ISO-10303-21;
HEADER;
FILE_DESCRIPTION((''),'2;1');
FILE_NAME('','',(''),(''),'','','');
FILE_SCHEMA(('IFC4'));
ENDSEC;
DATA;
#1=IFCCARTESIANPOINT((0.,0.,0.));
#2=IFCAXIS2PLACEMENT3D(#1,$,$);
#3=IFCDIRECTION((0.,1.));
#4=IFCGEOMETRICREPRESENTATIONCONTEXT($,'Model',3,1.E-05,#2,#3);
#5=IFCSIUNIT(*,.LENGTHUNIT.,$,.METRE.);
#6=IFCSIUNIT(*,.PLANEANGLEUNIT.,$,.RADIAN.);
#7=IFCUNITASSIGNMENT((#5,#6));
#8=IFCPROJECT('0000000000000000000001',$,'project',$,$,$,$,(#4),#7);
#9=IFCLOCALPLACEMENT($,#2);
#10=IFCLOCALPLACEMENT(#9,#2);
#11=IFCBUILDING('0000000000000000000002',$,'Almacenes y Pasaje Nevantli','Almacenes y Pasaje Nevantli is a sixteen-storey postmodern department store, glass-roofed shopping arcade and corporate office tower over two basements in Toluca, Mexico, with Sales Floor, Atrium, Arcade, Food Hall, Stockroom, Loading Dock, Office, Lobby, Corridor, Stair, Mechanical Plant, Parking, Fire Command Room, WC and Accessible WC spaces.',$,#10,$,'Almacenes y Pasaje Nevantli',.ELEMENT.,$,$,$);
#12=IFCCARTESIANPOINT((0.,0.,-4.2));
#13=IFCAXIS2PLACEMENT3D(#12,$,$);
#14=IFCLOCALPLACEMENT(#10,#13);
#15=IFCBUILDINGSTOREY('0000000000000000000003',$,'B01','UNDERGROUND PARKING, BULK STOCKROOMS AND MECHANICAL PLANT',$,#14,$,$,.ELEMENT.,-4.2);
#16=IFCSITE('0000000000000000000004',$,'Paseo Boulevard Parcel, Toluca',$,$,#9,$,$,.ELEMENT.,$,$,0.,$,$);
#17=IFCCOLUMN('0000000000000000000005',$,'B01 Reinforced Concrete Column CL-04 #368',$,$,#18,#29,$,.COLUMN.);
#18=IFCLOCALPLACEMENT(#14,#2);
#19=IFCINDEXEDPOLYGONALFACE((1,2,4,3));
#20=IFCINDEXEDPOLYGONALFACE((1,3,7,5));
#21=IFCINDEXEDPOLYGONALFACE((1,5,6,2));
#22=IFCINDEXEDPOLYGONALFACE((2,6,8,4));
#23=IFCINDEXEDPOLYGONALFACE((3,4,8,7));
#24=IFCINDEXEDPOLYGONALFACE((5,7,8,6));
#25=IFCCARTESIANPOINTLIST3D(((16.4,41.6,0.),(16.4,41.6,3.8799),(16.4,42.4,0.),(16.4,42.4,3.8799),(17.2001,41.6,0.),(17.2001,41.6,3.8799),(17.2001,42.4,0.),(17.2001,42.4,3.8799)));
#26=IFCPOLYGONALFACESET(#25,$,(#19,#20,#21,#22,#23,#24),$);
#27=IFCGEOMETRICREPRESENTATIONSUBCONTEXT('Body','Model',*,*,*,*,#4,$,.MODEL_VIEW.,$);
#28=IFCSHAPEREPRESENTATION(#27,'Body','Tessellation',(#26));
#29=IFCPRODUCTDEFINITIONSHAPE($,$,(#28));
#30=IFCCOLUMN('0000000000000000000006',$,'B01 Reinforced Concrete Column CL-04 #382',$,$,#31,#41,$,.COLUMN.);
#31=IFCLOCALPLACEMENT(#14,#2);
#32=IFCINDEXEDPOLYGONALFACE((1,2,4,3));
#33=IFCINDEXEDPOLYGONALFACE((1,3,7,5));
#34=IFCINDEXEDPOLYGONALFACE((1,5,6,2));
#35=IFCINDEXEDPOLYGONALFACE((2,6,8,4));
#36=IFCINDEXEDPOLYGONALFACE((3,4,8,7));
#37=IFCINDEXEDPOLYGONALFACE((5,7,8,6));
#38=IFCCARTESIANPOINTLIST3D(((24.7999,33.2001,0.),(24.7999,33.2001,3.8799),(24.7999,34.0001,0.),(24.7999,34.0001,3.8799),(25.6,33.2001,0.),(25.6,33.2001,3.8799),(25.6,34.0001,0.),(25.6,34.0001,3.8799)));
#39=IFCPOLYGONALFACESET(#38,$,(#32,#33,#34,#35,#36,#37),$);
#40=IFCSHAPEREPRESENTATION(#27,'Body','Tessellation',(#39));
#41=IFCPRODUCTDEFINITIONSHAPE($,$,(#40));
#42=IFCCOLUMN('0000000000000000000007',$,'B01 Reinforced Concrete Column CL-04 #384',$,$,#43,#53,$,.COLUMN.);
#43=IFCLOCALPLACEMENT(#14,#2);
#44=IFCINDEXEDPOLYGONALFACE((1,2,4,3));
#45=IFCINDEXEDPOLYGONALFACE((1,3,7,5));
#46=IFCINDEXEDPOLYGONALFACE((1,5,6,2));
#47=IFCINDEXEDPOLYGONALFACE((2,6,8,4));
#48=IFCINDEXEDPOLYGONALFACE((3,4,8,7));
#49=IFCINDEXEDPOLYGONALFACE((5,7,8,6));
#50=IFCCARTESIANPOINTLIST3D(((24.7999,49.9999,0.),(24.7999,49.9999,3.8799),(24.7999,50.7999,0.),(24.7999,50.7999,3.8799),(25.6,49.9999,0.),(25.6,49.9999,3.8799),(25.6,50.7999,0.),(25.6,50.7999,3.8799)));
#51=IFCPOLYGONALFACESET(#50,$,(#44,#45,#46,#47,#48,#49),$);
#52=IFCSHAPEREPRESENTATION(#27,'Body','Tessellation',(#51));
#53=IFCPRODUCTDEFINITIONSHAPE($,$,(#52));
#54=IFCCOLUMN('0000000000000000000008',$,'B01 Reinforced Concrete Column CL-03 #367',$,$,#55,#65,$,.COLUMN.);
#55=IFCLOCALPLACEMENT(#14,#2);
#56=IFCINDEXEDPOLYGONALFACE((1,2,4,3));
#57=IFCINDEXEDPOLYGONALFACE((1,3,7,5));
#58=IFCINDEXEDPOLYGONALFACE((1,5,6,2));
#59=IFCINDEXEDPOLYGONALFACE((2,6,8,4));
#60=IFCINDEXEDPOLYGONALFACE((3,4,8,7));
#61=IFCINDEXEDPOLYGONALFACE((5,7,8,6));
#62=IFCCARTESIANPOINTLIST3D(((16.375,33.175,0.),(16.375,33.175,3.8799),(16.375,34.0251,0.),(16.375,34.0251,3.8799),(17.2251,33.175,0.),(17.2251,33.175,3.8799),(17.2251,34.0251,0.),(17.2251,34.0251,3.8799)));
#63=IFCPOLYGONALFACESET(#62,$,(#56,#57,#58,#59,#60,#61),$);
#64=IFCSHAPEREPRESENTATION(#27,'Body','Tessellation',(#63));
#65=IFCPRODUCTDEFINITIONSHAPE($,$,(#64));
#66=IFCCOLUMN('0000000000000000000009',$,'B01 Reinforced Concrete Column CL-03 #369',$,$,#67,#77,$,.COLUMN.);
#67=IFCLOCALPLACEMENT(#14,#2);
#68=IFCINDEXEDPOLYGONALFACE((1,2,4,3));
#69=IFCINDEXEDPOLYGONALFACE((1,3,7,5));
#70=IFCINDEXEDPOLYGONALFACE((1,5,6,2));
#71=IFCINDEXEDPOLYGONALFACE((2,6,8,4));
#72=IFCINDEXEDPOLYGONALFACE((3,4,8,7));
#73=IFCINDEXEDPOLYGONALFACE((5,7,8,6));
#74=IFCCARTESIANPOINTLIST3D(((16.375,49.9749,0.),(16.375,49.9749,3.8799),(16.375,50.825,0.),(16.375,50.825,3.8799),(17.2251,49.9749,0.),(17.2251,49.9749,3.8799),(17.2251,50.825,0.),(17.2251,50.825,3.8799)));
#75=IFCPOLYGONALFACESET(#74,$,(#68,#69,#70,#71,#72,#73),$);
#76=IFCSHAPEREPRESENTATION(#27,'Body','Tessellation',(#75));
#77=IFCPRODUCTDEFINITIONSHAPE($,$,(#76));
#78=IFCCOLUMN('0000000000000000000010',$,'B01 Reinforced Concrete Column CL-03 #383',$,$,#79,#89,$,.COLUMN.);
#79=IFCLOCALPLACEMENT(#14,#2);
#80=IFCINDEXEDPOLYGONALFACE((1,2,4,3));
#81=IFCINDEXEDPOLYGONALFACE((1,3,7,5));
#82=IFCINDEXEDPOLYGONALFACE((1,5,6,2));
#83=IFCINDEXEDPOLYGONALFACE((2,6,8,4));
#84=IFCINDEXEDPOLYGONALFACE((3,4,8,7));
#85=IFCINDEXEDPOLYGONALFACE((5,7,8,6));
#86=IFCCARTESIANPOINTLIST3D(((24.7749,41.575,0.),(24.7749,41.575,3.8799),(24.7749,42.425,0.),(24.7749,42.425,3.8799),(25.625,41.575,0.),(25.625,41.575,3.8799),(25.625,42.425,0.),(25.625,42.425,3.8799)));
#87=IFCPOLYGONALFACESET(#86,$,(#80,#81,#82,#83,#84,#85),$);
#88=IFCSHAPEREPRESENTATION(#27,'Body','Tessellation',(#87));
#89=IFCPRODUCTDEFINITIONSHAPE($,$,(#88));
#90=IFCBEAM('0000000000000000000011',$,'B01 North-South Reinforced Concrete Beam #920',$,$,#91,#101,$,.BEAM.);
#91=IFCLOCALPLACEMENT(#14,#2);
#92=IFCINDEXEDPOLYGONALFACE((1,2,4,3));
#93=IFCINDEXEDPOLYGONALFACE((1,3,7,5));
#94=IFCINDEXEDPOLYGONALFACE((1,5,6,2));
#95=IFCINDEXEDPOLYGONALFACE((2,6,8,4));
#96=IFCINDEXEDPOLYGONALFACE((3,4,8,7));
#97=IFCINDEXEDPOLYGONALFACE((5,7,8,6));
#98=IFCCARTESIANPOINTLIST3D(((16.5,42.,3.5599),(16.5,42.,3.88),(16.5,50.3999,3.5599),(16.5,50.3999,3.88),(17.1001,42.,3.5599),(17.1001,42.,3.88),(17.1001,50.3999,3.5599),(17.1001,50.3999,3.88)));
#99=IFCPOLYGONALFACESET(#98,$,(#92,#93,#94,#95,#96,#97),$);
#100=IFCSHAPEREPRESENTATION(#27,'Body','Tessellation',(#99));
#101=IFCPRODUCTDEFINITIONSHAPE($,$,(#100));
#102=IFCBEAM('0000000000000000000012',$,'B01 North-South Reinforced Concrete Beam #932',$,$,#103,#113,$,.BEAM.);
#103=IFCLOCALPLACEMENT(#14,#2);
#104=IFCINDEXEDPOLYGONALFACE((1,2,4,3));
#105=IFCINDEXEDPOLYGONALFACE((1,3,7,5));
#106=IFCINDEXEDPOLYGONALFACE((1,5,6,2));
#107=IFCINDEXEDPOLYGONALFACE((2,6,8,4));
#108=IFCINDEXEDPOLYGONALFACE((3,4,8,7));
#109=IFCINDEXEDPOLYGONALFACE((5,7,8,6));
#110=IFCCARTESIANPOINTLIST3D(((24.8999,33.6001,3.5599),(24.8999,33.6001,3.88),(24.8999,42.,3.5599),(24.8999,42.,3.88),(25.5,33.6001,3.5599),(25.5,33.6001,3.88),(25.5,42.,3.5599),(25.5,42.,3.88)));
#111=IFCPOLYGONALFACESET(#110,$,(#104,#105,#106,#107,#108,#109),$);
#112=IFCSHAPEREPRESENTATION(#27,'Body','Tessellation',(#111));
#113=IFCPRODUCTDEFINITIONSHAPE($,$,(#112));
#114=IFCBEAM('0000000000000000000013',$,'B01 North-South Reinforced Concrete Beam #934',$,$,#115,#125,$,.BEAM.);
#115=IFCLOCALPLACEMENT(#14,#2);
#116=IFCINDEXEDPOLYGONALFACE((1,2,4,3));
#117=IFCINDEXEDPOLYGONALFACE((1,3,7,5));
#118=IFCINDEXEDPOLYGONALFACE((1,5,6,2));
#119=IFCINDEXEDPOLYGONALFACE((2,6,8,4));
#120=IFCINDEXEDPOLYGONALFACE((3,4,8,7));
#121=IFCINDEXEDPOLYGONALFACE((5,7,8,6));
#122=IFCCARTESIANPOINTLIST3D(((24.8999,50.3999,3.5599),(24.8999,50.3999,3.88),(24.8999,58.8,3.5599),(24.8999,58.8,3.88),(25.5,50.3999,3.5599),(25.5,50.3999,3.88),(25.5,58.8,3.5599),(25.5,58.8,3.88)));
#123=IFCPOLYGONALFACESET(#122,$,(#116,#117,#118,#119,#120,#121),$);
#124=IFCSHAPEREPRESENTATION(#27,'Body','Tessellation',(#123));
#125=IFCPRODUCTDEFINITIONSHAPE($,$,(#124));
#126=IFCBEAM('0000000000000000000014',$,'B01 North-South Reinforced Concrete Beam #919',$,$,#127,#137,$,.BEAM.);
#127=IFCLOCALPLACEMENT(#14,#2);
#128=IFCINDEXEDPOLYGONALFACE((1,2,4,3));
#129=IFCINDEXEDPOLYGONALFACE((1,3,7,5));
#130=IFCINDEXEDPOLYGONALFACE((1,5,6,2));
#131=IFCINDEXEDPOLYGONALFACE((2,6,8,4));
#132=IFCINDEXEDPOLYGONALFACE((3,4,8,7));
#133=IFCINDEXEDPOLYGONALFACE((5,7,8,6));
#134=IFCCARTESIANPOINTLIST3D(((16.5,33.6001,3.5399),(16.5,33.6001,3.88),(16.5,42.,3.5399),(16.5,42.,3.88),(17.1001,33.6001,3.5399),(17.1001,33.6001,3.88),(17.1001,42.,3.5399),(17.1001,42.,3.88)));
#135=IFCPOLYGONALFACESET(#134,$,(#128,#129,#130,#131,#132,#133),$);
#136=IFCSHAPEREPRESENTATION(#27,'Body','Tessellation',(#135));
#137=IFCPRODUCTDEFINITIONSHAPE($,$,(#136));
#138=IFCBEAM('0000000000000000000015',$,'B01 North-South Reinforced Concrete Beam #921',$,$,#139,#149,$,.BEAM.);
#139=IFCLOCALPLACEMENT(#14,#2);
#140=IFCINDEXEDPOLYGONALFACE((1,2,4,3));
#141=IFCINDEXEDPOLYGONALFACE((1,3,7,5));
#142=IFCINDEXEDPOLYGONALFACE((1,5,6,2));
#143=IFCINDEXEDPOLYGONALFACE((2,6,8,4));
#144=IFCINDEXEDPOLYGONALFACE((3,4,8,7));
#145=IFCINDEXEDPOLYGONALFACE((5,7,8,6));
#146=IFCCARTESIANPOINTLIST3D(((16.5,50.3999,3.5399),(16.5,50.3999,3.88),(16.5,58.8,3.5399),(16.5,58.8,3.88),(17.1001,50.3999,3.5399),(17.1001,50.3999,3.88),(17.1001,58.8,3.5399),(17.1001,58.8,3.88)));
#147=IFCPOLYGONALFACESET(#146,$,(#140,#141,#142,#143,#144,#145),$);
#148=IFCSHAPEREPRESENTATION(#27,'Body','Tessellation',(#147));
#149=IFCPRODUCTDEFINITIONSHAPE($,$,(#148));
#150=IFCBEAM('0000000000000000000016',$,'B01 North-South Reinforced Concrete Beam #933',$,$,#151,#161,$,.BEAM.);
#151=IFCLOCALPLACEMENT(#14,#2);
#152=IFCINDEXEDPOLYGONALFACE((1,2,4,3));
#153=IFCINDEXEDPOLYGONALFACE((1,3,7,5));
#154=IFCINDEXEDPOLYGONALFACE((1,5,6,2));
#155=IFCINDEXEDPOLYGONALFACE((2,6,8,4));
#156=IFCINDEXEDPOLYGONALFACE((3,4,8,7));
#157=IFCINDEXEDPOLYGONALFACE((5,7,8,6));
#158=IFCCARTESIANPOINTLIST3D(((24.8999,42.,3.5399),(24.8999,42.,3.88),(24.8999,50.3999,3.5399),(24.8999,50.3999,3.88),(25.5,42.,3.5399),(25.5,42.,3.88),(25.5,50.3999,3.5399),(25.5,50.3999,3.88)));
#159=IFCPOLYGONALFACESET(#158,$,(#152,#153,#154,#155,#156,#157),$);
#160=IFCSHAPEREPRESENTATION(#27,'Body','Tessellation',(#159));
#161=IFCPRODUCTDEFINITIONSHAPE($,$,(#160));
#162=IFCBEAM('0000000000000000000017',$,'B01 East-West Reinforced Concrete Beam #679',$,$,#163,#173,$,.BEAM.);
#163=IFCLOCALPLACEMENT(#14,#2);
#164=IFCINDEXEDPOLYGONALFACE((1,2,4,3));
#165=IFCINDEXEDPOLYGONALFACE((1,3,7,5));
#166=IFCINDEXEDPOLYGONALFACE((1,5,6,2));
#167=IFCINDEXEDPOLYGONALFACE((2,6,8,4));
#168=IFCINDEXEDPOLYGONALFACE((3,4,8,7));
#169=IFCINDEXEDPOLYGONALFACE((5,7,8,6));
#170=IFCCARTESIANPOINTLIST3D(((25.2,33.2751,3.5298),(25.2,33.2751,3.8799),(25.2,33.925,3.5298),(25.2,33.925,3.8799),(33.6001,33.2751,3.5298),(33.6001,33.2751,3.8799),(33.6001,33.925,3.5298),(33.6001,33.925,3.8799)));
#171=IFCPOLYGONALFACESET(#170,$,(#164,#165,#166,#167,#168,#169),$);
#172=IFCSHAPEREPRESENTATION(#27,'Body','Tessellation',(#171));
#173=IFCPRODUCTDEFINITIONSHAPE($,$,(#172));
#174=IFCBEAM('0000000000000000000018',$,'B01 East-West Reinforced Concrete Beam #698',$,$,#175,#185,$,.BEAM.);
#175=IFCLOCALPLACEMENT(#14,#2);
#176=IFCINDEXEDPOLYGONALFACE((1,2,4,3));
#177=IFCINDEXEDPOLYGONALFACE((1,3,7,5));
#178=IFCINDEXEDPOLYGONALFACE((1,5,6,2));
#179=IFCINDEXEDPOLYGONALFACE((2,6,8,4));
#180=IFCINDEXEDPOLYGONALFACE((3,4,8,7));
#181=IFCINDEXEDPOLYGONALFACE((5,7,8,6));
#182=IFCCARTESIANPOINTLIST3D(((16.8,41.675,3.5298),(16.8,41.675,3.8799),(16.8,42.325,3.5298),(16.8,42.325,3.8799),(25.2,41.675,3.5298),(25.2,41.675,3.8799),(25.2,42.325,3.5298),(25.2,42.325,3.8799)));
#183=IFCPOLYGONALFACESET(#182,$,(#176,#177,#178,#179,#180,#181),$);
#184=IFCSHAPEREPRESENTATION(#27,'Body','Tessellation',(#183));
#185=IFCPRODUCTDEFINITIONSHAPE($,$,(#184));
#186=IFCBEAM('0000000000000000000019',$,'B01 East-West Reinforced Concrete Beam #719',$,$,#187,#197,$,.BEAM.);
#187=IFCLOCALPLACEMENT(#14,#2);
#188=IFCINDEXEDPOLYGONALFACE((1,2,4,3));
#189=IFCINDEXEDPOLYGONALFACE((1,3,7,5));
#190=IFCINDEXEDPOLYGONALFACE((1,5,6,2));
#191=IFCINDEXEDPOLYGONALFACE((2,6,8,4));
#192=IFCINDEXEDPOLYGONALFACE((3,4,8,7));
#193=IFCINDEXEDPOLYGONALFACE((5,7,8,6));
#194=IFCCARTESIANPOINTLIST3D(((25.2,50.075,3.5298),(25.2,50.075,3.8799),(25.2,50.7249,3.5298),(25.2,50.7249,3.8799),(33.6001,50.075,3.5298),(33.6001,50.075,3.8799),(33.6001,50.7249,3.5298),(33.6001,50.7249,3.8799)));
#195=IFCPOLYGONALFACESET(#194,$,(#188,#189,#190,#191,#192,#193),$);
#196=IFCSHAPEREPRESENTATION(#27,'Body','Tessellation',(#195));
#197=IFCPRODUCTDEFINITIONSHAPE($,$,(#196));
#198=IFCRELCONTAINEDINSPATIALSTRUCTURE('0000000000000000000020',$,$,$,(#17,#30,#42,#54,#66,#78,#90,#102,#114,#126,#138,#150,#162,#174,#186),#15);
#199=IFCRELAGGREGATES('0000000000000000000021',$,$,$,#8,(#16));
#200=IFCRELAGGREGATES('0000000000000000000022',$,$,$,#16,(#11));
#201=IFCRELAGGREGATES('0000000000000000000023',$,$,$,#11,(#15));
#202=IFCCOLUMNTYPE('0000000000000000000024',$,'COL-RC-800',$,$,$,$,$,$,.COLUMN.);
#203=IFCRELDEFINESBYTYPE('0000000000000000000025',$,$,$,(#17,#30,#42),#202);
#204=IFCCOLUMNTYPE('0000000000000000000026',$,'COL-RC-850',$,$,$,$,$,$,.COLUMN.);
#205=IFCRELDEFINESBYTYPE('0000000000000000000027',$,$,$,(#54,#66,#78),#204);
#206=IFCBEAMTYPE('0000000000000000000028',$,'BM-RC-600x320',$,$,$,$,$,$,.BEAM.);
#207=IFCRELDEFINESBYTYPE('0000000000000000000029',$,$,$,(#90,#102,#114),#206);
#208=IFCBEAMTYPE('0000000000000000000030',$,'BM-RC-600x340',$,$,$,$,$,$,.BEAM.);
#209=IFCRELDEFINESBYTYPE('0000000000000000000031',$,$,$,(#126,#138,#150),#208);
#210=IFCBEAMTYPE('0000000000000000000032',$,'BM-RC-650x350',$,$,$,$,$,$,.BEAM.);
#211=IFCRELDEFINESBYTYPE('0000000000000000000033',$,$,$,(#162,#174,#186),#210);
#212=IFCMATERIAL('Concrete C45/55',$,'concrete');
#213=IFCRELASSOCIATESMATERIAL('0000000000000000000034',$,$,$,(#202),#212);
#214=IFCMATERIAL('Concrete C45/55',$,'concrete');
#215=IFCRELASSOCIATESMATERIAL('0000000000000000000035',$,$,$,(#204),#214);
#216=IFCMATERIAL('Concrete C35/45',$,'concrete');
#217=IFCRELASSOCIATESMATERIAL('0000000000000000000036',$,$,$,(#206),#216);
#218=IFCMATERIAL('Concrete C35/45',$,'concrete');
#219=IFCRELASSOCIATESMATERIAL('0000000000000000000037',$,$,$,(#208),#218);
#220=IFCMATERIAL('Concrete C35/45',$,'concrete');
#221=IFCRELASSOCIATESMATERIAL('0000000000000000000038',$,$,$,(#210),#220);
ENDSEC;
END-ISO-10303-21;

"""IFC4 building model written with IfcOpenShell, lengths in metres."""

from ifc_helpers import new_model, si_unit, direction, frame, origin, origin_2d, place, context, subcontext, project, spatial, rectangle, extrude, material, material_profile, profile_set, type_object, element, save


model = new_model("IFC4")

# Units and contexts
model_context = context("Model", 3, precision=1e-05, world=origin(), true_north=direction((0.0, 1.0)))
body_context = subcontext(model_context, "Body", "Model", "MODEL_VIEW")
ifc_project = project(units=[si_unit("LENGTHUNIT", "METRE"), si_unit("PLANEANGLEUNIT", "RADIAN")], contexts=[model_context])

# Site, building, storey
site_placement = place(None, origin())
site = spatial("IfcSite", under=ifc_project, at=site_placement, Name="Paseo Boulevard Parcel, Toluca", CompositionType="ELEMENT", RefElevation=0.0)
building_placement = place(site_placement, origin())
building = spatial("IfcBuilding", under=site, at=building_placement, Name="Almacenes y Pasaje Nevantli", Description="Almacenes y Pasaje Nevantli is a sixteen-storey postmodern department store, glass-roofed shopping arcade and corporate office tower over two basements in Toluca, Mexico, with Sales Floor, Atrium, Arcade, Food Hall, Stockroom, Loading Dock, Office, Lobby, Corridor, Stair, Mechanical Plant, Parking, Fire Command Room, WC and Accessible WC spaces.", LongName="Almacenes y Pasaje Nevantli", CompositionType="ELEMENT")
storey_placement = place(building_placement, frame((0.0, 0.0, -4.2)))
storey = spatial("IfcBuildingStorey", under=building, at=storey_placement, Name="B01", Description="UNDERGROUND PARKING, BULK STOCKROOMS AND MECHANICAL PLANT", CompositionType="ELEMENT", Elevation=-4.2)

# Columns
ifc_material_1 = material(Name="Concrete C45/55", Category="concrete")
ifc_material_profile_1 = material_profile(ifc_material_1, rectangle(XDim=0.8, YDim=0.8, at=origin_2d()), Name="RC-COL-800x800")
ifc_profile_set_1 = profile_set([ifc_material_profile_1], Name="Concrete C45/55")
column_type_1 = type_object("IfcColumnType", Name="COL-RC-800", PredefinedType="COLUMN", material=ifc_profile_set_1)
for number, where, z_axis, x_axis, name in (
    (1, (16.8, 42.0, 0.0), (0.0, 0.0, 1.0), (1.0, 0.0, 0.0), "B01 Reinforced Concrete Column CL-04 #368"),
    (2, (25.2, 33.6001, 0.0), (0.0, 0.0, 1.0), (1.0, 0.0, 0.0), "B01 Reinforced Concrete Column CL-04 #382"),
    (3, (25.2, 50.3999, 0.0), (0.0, 0.0, 1.0), (1.0, 0.0, 0.0), "B01 Reinforced Concrete Column CL-04 #384"),
):
    element("IfcColumn", number, at=place(storey_placement, frame(where, z_axis=z_axis, x_axis=x_axis)), inside=storey, type_object=column_type_1, Name=name, PredefinedType="COLUMN", context=body_context, shape_type="SweptSolid", body=[
        extrude(rectangle(XDim=0.8, YDim=0.8, at=origin_2d()), origin(), (0.0, 0.0, 1.0), 3.8799),
    ])
ifc_material_2 = material(Name="Concrete C45/55", Category="concrete")
ifc_material_profile_2 = material_profile(ifc_material_2, rectangle(XDim=0.8501, YDim=0.8501, at=origin_2d()), Name="RC-COL-850x850")
ifc_profile_set_2 = profile_set([ifc_material_profile_2], Name="Concrete C45/55")
column_type_2 = type_object("IfcColumnType", Name="COL-RC-850", PredefinedType="COLUMN", material=ifc_profile_set_2)
for number, where, z_axis, x_axis, name in (
    (4, (16.8, 33.6001, 0.0), (0.0, 0.0, 1.0), (1.0, 0.0, 0.0), "B01 Reinforced Concrete Column CL-03 #367"),
    (5, (16.8, 50.3999, 0.0), (0.0, 0.0, 1.0), (1.0, 0.0, 0.0), "B01 Reinforced Concrete Column CL-03 #369"),
    (6, (25.2, 42.0, 0.0), (0.0, 0.0, 1.0), (1.0, 0.0, 0.0), "B01 Reinforced Concrete Column CL-03 #383"),
):
    element("IfcColumn", number, at=place(storey_placement, frame(where, z_axis=z_axis, x_axis=x_axis)), inside=storey, type_object=column_type_2, Name=name, PredefinedType="COLUMN", context=body_context, shape_type="SweptSolid", body=[
        extrude(rectangle(XDim=0.8501, YDim=0.8501, at=origin_2d()), origin(), (0.0, 0.0, 1.0), 3.8799),
    ])

# Beams
ifc_material_3 = material(Name="Concrete C35/45", Category="concrete")
ifc_material_profile_3 = material_profile(ifc_material_3, rectangle(XDim=0.6001, YDim=0.3201, at=origin_2d()), Name="RC-BM-600x320")
ifc_profile_set_3 = profile_set([ifc_material_profile_3], Name="Concrete C35/45")
beam_type_1 = type_object("IfcBeamType", Name="BM-RC-600x320", PredefinedType="BEAM", material=ifc_profile_set_3)
for number, where, z_axis, x_axis, name in (
    (7, (16.8, 42.0, 3.72), (0.0, 1.0, 0.0), (-1.0, 0.0, 0.0), "B01 North-South Reinforced Concrete Beam #920"),
    (8, (25.2, 33.6001, 3.72), (0.0, 1.0, 0.0), (-1.0, 0.0, 0.0), "B01 North-South Reinforced Concrete Beam #932"),
):
    element("IfcBeam", number, at=place(storey_placement, frame(where, z_axis=z_axis, x_axis=x_axis)), inside=storey, type_object=beam_type_1, Name=name, PredefinedType="BEAM", context=body_context, shape_type="SweptSolid", body=[
        extrude(rectangle(XDim=0.6001, YDim=0.3201, at=origin_2d()), origin(), (0.0, 0.0, 1.0), 8.3999),
    ])
beam_1_placement = place(storey_placement, frame((25.2, 50.3999, 3.72), z_axis=(0.0, 1.0, 0.0), x_axis=(-1.0, 0.0, 0.0)))
element("IfcBeam", 9, at=beam_1_placement, inside=storey, type_object=beam_type_1, Name="B01 North-South Reinforced Concrete Beam #934", PredefinedType="BEAM", context=body_context, shape_type="SweptSolid", body=[
    extrude(rectangle(XDim=0.6001, YDim=0.3201, at=origin_2d()), origin(), (0.0, 0.0, 1.0), 8.4001),
])
ifc_material_4 = material(Name="Concrete C35/45", Category="concrete")
ifc_material_profile_4 = material_profile(ifc_material_4, rectangle(XDim=0.6001, YDim=0.3401, at=origin_2d()), Name="RC-BM-600x340")
ifc_profile_set_4 = profile_set([ifc_material_profile_4], Name="Concrete C35/45")
beam_type_2 = type_object("IfcBeamType", Name="BM-RC-600x340", PredefinedType="BEAM", material=ifc_profile_set_4)
beam_2_placement = place(storey_placement, frame((16.8, 33.6001, 3.71), z_axis=(0.0, 1.0, 0.0), x_axis=(-1.0, 0.0, 0.0)))
element("IfcBeam", 10, at=beam_2_placement, inside=storey, type_object=beam_type_2, Name="B01 North-South Reinforced Concrete Beam #919", PredefinedType="BEAM", context=body_context, shape_type="SweptSolid", body=[
    extrude(rectangle(XDim=0.6001, YDim=0.3401, at=origin_2d()), origin(), (0.0, 0.0, 1.0), 8.3999),
])
beam_3_placement = place(storey_placement, frame((16.8, 50.3999, 3.71), z_axis=(0.0, 1.0, 0.0), x_axis=(-1.0, 0.0, 0.0)))
element("IfcBeam", 11, at=beam_3_placement, inside=storey, type_object=beam_type_2, Name="B01 North-South Reinforced Concrete Beam #921", PredefinedType="BEAM", context=body_context, shape_type="SweptSolid", body=[
    extrude(rectangle(XDim=0.6001, YDim=0.3401, at=origin_2d()), origin(), (0.0, 0.0, 1.0), 8.4001),
])
beam_4_placement = place(storey_placement, frame((25.2, 42.0, 3.71), z_axis=(0.0, 1.0, 0.0), x_axis=(-1.0, 0.0, 0.0)))
element("IfcBeam", 12, at=beam_4_placement, inside=storey, type_object=beam_type_2, Name="B01 North-South Reinforced Concrete Beam #933", PredefinedType="BEAM", context=body_context, shape_type="SweptSolid", body=[
    extrude(rectangle(XDim=0.6001, YDim=0.3401, at=origin_2d()), origin(), (0.0, 0.0, 1.0), 8.3999),
])
ifc_material_5 = material(Name="Concrete C35/45", Category="concrete")
ifc_material_profile_5 = material_profile(ifc_material_5, rectangle(XDim=0.6499, YDim=0.3501, at=origin_2d()), Name="RC-BM-650x350")
ifc_profile_set_5 = profile_set([ifc_material_profile_5], Name="Concrete C35/45")
beam_type_3 = type_object("IfcBeamType", Name="BM-RC-650x350", PredefinedType="BEAM", material=ifc_profile_set_5)
beam_5_placement = place(storey_placement, frame((25.2, 33.6001, 3.7048), z_axis=(1.0, 0.0, 0.0), x_axis=(0.0, 1.0, 0.0)))
element("IfcBeam", 13, at=beam_5_placement, inside=storey, type_object=beam_type_3, Name="B01 East-West Reinforced Concrete Beam #679", PredefinedType="BEAM", context=body_context, shape_type="SweptSolid", body=[
    extrude(rectangle(XDim=0.6499, YDim=0.3501, at=origin_2d()), origin(), (0.0, 0.0, 1.0), 8.4001),
])
beam_6_placement = place(storey_placement, frame((16.8, 42.0, 3.7048), z_axis=(1.0, 0.0, 0.0), x_axis=(0.0, 1.0, 0.0)))
element("IfcBeam", 14, at=beam_6_placement, inside=storey, type_object=beam_type_3, Name="B01 East-West Reinforced Concrete Beam #698", PredefinedType="BEAM", context=body_context, shape_type="SweptSolid", body=[
    extrude(rectangle(XDim=0.6499, YDim=0.3501, at=origin_2d()), origin(), (0.0, 0.0, 1.0), 8.3999),
])
beam_7_placement = place(storey_placement, frame((25.2, 50.3999, 3.7048), z_axis=(1.0, 0.0, 0.0), x_axis=(0.0, 1.0, 0.0)))
element("IfcBeam", 15, at=beam_7_placement, inside=storey, type_object=beam_type_3, Name="B01 East-West Reinforced Concrete Beam #719", PredefinedType="BEAM", context=body_context, shape_type="SweptSolid", body=[
    extrude(rectangle(XDim=0.6499, YDim=0.3501, at=origin_2d()), origin(), (0.0, 0.0, 1.0), 8.4001),
])

save(model, "model.ifc")
